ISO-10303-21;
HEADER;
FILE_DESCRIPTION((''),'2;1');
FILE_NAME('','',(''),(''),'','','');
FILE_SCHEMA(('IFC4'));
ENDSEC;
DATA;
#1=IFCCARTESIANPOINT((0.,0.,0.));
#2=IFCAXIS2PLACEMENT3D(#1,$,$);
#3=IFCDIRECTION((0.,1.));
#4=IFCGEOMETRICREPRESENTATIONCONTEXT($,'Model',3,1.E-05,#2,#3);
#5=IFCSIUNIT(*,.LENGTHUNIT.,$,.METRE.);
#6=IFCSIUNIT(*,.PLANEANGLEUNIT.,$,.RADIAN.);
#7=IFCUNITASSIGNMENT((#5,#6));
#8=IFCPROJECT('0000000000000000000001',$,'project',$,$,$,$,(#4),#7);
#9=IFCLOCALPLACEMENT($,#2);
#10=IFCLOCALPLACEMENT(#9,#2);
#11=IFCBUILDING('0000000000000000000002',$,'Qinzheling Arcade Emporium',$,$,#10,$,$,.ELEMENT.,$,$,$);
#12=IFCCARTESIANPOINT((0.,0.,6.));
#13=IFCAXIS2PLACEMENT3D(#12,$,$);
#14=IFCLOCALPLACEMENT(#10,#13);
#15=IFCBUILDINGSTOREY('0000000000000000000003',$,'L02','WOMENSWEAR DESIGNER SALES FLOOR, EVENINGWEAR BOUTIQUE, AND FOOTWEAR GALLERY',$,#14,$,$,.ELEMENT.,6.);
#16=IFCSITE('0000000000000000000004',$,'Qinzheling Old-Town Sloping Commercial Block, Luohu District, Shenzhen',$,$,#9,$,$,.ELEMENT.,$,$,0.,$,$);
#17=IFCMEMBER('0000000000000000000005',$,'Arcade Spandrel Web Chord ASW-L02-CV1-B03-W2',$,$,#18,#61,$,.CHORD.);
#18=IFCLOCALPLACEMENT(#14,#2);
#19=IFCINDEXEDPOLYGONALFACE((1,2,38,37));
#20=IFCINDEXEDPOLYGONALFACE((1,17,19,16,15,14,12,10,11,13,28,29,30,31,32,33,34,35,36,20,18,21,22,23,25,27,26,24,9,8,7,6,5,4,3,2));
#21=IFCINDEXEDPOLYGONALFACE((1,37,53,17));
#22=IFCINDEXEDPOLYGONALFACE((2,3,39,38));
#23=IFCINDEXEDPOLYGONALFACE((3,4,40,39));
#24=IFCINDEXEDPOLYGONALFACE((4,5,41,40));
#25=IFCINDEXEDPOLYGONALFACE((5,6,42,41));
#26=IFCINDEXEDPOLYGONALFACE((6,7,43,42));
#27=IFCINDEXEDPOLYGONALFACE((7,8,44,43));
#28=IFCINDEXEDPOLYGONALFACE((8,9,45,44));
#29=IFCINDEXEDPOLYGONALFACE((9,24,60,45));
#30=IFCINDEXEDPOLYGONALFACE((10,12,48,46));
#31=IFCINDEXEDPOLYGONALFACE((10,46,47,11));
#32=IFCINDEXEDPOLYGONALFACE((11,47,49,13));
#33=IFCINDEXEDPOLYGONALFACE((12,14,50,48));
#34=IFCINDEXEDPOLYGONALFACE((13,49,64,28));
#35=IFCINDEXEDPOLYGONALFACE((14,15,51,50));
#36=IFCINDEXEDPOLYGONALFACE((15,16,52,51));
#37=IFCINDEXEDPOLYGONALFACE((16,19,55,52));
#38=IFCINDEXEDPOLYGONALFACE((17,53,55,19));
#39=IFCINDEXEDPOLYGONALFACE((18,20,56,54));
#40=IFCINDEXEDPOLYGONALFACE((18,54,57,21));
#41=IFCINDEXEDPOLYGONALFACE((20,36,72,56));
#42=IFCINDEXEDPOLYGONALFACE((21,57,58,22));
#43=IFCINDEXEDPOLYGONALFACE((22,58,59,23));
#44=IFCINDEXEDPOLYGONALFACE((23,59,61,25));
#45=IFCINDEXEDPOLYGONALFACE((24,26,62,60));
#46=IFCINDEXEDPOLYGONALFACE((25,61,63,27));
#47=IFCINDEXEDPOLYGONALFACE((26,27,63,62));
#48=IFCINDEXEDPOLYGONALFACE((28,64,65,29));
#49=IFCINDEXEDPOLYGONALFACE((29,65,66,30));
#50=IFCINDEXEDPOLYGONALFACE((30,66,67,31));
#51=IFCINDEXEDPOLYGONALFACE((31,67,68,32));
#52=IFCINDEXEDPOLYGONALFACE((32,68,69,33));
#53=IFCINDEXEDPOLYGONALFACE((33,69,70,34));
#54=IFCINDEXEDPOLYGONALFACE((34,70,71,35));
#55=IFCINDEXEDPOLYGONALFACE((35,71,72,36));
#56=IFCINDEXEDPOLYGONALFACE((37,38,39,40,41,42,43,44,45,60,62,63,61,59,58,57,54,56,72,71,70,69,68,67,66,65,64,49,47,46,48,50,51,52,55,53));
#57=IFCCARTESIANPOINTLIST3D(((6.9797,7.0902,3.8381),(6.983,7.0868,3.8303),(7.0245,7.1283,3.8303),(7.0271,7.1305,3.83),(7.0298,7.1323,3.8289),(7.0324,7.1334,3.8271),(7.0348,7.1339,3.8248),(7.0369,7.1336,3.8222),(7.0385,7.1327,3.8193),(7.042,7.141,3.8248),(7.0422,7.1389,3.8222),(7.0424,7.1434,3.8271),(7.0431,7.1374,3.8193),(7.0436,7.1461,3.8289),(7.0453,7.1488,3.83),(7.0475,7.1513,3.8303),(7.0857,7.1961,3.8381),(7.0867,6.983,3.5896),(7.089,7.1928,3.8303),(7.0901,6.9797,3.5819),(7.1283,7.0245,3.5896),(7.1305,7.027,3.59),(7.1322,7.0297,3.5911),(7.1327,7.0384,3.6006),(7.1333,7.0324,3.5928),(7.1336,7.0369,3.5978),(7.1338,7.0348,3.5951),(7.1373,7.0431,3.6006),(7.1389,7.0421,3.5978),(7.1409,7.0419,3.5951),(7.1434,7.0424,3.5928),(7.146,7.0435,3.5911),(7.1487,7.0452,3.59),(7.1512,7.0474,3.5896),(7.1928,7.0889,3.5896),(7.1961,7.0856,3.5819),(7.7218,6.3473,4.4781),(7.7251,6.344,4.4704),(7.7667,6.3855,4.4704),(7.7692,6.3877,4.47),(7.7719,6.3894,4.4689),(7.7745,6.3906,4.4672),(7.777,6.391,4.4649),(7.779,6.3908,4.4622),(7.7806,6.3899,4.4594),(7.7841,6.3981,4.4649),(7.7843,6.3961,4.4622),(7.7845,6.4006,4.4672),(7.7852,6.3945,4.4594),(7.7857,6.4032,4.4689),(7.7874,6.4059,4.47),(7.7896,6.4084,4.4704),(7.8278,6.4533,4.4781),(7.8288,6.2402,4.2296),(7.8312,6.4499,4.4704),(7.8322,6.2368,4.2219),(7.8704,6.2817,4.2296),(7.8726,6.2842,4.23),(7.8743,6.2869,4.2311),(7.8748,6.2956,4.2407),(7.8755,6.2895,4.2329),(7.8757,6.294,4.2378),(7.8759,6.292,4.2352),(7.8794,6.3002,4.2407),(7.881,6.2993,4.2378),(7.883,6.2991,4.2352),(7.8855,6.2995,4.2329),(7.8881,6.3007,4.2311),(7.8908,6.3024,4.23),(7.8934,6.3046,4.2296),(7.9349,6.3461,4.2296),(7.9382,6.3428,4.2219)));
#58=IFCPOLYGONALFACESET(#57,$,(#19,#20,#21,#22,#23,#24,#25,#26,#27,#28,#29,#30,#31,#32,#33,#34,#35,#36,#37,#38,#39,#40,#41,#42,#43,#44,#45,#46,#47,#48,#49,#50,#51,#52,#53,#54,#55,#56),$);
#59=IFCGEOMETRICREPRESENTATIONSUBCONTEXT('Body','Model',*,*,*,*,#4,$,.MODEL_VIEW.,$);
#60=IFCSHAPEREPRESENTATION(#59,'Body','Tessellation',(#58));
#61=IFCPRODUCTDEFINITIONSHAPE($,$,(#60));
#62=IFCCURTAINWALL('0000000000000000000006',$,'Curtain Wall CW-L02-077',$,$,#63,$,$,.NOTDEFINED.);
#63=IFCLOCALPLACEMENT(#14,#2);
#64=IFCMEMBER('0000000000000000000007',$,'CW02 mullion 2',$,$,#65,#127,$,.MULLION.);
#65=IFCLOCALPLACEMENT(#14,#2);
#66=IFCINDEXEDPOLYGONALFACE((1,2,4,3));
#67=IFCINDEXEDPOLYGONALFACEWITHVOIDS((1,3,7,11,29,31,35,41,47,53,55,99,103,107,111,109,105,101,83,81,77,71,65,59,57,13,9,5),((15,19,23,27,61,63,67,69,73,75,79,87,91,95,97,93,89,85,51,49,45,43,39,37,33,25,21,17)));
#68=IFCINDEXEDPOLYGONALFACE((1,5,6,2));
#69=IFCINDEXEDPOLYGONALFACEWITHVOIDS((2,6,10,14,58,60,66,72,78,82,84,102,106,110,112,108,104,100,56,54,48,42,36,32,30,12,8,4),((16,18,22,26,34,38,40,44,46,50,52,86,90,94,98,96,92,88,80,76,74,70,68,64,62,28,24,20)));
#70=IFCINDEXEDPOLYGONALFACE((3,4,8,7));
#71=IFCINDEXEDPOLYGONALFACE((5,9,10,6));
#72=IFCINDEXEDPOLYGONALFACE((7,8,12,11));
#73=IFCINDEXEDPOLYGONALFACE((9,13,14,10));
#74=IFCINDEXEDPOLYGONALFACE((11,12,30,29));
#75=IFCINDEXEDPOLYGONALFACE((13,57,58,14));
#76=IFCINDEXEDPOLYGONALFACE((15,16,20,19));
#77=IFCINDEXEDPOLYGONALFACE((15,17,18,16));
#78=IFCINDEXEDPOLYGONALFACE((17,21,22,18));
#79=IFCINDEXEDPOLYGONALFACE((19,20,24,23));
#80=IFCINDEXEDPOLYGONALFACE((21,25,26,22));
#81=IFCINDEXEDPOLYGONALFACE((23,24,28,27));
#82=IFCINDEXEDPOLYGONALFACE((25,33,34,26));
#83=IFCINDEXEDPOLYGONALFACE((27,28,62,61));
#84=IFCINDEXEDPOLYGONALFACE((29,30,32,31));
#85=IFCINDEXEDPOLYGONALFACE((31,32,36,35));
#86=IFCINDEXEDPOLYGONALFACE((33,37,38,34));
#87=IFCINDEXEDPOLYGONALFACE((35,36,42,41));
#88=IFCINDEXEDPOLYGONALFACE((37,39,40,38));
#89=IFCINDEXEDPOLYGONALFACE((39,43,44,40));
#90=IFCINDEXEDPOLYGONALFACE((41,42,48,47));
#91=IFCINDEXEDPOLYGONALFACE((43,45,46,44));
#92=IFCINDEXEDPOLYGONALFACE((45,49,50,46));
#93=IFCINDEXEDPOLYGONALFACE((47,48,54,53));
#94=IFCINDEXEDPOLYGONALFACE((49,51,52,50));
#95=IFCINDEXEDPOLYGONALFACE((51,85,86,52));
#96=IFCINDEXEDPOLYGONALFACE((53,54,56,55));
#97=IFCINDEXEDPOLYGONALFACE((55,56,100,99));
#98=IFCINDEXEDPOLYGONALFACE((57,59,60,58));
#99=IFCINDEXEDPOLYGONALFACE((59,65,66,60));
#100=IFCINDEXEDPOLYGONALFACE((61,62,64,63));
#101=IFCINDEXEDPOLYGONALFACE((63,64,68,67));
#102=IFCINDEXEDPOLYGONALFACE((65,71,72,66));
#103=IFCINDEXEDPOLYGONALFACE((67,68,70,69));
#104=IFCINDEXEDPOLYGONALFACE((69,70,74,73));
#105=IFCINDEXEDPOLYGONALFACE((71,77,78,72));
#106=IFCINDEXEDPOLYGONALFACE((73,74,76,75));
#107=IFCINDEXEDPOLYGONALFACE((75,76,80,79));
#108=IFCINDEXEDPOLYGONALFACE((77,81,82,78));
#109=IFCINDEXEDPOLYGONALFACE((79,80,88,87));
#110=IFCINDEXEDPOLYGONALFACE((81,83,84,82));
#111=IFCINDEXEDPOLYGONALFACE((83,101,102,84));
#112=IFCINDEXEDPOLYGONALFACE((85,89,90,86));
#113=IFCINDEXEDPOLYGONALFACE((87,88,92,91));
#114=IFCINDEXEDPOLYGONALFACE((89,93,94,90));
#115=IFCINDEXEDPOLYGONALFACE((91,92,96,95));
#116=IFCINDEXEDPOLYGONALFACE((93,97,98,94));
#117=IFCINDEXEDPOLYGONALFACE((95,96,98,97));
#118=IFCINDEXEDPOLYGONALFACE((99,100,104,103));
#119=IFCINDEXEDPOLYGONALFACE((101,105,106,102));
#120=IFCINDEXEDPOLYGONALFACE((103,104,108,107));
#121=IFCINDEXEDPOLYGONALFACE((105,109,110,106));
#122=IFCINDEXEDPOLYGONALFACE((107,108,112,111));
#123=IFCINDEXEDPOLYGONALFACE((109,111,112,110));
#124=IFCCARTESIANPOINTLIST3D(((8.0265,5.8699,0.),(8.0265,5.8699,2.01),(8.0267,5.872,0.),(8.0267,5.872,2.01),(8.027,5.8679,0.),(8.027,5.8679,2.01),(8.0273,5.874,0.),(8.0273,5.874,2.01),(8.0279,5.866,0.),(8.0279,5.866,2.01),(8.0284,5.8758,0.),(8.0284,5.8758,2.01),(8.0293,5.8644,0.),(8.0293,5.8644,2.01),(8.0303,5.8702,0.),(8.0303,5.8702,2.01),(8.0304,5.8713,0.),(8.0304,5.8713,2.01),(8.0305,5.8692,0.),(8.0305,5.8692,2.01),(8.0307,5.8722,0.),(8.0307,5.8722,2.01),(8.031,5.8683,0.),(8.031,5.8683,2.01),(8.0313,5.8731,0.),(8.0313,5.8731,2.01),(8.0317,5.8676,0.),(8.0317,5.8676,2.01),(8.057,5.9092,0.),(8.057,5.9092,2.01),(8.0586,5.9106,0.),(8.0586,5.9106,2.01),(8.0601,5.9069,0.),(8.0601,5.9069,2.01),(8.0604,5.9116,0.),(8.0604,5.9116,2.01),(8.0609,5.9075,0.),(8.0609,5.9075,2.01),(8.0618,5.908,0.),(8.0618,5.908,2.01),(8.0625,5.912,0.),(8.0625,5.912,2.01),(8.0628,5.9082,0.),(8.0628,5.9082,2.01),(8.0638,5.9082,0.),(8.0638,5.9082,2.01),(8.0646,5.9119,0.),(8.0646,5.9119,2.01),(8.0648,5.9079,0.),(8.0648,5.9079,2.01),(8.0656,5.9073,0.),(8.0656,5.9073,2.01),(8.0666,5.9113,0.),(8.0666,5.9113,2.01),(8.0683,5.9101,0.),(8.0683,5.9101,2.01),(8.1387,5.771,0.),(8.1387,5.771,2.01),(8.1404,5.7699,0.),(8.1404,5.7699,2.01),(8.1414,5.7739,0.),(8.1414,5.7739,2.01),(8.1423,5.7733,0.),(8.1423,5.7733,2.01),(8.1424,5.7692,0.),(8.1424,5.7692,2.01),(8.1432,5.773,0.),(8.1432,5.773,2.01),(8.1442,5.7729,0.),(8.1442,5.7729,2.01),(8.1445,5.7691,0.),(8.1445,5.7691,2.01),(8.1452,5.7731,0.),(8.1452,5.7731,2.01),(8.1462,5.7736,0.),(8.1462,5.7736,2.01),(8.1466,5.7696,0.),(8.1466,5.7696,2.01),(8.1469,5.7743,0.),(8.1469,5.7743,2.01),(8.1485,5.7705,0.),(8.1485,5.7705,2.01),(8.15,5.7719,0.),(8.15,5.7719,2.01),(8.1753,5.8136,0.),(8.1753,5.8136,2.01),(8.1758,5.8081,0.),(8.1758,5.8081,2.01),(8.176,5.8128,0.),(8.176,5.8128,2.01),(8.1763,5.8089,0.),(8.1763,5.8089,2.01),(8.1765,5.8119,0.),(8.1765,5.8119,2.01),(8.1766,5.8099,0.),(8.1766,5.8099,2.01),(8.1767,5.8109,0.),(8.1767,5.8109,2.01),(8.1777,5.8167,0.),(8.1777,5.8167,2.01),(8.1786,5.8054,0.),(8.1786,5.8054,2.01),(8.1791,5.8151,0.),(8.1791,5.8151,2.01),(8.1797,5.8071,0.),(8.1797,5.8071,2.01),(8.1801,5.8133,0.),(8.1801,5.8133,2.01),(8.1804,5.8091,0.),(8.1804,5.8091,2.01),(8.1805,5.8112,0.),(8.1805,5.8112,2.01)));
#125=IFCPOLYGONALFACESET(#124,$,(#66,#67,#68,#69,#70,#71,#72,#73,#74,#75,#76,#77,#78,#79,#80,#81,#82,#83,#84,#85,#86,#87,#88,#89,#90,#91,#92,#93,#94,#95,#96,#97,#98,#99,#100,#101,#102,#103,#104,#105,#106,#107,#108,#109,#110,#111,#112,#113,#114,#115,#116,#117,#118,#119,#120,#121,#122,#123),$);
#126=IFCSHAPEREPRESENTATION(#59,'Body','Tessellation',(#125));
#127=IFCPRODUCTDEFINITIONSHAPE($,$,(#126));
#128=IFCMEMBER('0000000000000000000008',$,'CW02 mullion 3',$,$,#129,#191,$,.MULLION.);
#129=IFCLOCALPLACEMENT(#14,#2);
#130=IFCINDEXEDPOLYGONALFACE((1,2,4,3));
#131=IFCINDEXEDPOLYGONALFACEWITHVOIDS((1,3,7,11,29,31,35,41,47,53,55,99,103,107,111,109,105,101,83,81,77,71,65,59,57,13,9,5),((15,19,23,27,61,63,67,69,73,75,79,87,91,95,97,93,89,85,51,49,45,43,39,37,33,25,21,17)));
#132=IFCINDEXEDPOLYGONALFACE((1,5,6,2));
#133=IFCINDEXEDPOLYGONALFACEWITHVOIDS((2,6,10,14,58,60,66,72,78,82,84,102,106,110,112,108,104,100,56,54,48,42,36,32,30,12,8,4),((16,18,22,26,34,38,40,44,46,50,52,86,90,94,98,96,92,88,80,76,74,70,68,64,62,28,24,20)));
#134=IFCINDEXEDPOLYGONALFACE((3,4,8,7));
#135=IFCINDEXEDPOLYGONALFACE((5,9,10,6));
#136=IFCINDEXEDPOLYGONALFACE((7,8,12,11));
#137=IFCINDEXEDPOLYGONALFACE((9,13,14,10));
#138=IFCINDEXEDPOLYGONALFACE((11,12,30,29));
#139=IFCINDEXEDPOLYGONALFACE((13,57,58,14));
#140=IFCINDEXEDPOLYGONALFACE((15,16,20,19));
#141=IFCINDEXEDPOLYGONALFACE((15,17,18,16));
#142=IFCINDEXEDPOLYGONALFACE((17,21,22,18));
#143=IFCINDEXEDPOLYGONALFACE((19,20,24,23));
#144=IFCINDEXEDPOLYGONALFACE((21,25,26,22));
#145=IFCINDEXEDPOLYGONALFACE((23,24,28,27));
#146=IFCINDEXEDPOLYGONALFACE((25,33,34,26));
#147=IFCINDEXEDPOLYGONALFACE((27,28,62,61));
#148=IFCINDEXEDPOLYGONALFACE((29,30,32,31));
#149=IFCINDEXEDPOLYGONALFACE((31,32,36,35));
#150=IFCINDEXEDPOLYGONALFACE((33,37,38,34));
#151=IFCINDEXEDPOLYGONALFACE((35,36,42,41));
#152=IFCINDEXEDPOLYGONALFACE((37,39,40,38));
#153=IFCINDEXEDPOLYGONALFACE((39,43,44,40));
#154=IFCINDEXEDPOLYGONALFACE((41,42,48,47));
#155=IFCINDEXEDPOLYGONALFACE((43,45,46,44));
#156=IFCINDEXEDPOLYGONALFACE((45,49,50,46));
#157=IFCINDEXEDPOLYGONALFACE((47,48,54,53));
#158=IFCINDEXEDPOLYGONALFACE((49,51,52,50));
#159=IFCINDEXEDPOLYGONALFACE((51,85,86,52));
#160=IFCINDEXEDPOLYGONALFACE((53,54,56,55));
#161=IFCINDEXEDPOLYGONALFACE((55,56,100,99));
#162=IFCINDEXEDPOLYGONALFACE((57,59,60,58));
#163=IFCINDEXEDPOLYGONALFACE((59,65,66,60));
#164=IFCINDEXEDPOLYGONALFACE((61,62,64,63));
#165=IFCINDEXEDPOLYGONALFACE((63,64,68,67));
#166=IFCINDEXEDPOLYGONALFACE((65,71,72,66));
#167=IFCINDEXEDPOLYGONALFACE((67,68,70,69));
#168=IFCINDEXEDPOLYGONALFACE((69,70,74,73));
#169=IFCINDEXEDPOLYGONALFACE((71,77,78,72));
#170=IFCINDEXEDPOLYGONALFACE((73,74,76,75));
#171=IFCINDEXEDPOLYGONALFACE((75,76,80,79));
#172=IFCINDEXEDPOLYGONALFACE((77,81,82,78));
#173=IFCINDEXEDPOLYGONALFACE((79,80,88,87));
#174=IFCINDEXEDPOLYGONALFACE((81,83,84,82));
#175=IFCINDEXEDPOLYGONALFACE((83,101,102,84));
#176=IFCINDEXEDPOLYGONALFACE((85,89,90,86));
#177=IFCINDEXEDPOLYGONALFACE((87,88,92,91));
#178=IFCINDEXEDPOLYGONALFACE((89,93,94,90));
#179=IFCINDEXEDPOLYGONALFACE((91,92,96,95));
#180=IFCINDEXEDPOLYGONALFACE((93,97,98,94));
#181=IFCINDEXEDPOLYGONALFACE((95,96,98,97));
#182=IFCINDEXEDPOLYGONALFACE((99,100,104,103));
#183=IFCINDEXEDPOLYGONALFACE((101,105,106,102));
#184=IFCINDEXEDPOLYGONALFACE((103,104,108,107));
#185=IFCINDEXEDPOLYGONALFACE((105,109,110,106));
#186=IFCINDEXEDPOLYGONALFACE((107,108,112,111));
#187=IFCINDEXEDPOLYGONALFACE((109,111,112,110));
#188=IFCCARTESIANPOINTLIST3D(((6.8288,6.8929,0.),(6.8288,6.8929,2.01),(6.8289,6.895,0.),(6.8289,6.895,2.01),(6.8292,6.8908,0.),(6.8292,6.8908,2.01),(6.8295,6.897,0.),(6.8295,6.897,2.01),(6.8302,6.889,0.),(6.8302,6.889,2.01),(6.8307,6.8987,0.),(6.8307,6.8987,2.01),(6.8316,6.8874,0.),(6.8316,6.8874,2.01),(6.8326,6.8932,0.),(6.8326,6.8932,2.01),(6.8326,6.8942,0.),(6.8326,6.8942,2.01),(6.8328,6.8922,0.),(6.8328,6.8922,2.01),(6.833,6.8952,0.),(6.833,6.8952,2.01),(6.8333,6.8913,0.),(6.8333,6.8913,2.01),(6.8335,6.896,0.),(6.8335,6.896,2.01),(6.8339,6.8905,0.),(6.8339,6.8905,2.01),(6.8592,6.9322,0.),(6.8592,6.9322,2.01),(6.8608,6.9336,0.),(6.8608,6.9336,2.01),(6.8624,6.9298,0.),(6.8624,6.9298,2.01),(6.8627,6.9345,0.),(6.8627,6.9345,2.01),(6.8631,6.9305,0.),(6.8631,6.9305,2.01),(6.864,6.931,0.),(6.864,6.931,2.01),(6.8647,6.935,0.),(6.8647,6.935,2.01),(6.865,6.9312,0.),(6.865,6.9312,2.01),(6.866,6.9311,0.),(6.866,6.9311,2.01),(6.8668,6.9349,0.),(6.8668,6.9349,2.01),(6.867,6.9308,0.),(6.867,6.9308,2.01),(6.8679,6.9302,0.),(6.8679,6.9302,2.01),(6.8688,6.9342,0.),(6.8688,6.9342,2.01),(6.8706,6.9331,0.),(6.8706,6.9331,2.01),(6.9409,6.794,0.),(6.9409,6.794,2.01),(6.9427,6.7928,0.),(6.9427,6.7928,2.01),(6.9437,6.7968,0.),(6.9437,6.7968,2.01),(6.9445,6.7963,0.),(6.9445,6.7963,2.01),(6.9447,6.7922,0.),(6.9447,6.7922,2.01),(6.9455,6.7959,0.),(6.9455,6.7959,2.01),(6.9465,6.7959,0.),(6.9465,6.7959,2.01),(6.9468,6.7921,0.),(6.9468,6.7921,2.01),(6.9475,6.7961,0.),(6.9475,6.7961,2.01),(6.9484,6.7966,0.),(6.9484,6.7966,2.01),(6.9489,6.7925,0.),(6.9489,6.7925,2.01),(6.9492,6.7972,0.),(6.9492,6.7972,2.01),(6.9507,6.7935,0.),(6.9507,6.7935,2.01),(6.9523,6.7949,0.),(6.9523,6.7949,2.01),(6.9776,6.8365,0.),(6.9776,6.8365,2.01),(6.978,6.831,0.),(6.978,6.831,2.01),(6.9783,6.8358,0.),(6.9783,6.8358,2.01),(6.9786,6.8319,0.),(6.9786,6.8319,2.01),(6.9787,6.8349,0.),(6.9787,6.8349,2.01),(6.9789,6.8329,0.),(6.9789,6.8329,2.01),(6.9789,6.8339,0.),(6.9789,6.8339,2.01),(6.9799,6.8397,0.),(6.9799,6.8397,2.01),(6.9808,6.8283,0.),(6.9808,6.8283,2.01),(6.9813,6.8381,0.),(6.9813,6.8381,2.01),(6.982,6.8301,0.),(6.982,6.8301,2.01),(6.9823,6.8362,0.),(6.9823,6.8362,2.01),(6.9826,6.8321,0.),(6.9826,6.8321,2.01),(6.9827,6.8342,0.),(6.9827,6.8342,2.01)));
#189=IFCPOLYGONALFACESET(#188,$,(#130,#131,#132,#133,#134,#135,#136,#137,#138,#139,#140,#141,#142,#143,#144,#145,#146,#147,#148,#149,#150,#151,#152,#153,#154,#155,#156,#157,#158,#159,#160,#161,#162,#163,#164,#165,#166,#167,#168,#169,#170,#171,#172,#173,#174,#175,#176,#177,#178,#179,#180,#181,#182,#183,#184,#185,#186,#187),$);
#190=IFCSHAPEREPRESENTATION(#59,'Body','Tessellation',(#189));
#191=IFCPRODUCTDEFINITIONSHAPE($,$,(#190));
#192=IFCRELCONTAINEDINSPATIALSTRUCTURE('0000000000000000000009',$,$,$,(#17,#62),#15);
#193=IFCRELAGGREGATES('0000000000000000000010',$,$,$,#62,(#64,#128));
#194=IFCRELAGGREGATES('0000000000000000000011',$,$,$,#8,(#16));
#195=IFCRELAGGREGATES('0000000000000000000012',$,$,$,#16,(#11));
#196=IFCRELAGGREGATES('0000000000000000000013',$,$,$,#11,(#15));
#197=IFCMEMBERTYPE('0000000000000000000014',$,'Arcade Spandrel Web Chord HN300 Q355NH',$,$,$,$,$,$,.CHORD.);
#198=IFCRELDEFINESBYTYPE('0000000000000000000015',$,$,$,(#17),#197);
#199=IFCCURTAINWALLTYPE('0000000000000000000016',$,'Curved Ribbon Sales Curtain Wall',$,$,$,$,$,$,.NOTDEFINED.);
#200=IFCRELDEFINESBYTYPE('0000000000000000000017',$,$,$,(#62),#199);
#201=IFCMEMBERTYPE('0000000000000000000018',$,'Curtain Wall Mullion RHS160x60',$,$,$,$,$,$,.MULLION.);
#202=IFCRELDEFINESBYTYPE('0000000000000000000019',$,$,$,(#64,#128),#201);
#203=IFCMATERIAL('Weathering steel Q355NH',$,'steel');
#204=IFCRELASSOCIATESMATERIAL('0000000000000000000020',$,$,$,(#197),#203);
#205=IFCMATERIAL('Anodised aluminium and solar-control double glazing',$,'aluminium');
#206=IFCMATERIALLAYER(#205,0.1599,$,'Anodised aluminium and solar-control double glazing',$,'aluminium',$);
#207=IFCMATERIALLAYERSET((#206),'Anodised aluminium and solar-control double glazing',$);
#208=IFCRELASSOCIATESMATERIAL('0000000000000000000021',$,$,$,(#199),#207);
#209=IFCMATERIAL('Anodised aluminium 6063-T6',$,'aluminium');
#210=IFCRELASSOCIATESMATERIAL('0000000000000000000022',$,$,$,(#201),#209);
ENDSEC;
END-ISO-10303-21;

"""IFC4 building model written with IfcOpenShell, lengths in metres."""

from ifc_helpers import new_model, si_unit, direction, frame, origin, origin_2d, place, context, subcontext, project, spatial, hollow_rectangle, i_section, extrude, material, layer, layer_set, material_profile, profile_set, type_object, element, aggregate, save


model = new_model("IFC4")

# Units and contexts
model_context = context("Model", 3, precision=1e-05, world=origin(), true_north=direction((0.0, 1.0)))
body_context = subcontext(model_context, "Body", "Model", "MODEL_VIEW")
ifc_project = project(units=[si_unit("LENGTHUNIT", "METRE"), si_unit("PLANEANGLEUNIT", "RADIAN")], contexts=[model_context])

# Site, building, storey
site_placement = place(None, origin())
site = spatial("IfcSite", under=ifc_project, at=site_placement, Name="Qinzheling Old-Town Sloping Commercial Block, Luohu District, Shenzhen", CompositionType="ELEMENT", RefElevation=0.0)
building_placement = place(site_placement, origin())
building = spatial("IfcBuilding", under=site, at=building_placement, Name="Qinzheling Arcade Emporium", CompositionType="ELEMENT")
storey_placement = place(building_placement, frame((0.0, 0.0, 6.0)))
storey = spatial("IfcBuildingStorey", under=building, at=storey_placement, Name="L02", Description="WOMENSWEAR DESIGNER SALES FLOOR, EVENINGWEAR BOUTIQUE, AND FOOTWEAR GALLERY", CompositionType="ELEMENT", Elevation=6.0)

# Shared definitions
ifc_material_1 = material(Name="Weathering steel Q355NH", Category="steel")

# Member
ifc_material_profile_1 = material_profile(ifc_material_1, i_section(OverallWidth=0.1499, OverallDepth=0.3, WebThickness=0.0066, FlangeThickness=0.009, FilletRadius=0.0129, at=origin_2d()), Name="HN 300x150x6.5x9", Category="steel")
ifc_profile_set_1 = profile_set([ifc_material_profile_1], Name="Weathering steel Q355NH")
member_type_1 = type_object("IfcMemberType", Name="Arcade Spandrel Web Chord HN300 Q355NH", PredefinedType="CHORD", material=ifc_profile_set_1)
for number, where, z_axis, x_axis, name in (
    (1, (7.0879, 7.0879, 3.71), (0.603475, -0.60407, 0.520497), (0.707455, 0.706758, 0.0), "Arcade Spandrel Web Chord ASW-L02-CV1-B03-W2"),
):
    element("IfcMember", number, at=place(storey_placement, frame(where, z_axis=z_axis, x_axis=x_axis)), inside=storey, type_object=member_type_1, Name=name, PredefinedType="CHORD", context=body_context, shape_type="SweptSolid", body=[
        extrude(i_section(OverallWidth=0.1499, OverallDepth=0.3, WebThickness=0.0066, FlangeThickness=0.009, FilletRadius=0.0129, at=origin_2d()), origin(), (0.0, 0.0, 1.0), 1.2297),
    ])

# Curtain wall, members
ifc_material_2 = material(Name="Anodised aluminium and solar-control double glazing", Category="aluminium")
ifc_layer_1 = layer(ifc_material_2, 0.1599, Name="Anodised aluminium and solar-control double glazing", Category="aluminium")
ifc_layer_set_1 = layer_set([ifc_layer_1], Name="Anodised aluminium and solar-control double glazing")
curtain_wall_type = type_object("IfcCurtainWallType", Name="Curved Ribbon Sales Curtain Wall", PredefinedType="NOTDEFINED", material=ifc_layer_set_1)
curtain_wall_1_placement = place(storey_placement, origin())
curtain_wall_1 = element("IfcCurtainWall", 2, at=curtain_wall_1_placement, inside=storey, type_object=curtain_wall_type, Name="Curtain Wall CW-L02-077", PredefinedType="NOTDEFINED")
ifc_material_3 = material(Name="Anodised aluminium 6063-T6", Category="aluminium")
ifc_material_profile_2 = material_profile(ifc_material_3, hollow_rectangle(XDim=0.0601, YDim=0.1599, WallThickness=0.0039, InnerFilletRadius=0.0039, OuterFilletRadius=0.0081, at=origin_2d()), Name="RHS 160x60x4", Category="aluminium")
ifc_profile_set_2 = profile_set([ifc_material_profile_2], Name="Anodised aluminium 6063-T6")
member_type_2 = type_object("IfcMemberType", Name="Curtain Wall Mullion RHS160x60", PredefinedType="MULLION", material=ifc_profile_set_2)
member_1_placement = place(storey_placement, frame((8.1035, 5.8406, 0.0), z_axis=(0.0, 0.0, 1.0), x_axis=(-0.649482, -0.760377, 0.0)))
member_1 = element("IfcMember", 3, at=member_1_placement, type_object=member_type_2, Name="CW02 mullion 2", PredefinedType="MULLION", context=body_context, shape_type="SweptSolid", body=[
    extrude(hollow_rectangle(XDim=0.0601, YDim=0.1599, WallThickness=0.0039, InnerFilletRadius=0.0039, OuterFilletRadius=0.0081, at=origin_2d()), origin(), (0.0, 0.0, 1.0), 2.01),
])
member_2_placement = place(storey_placement, frame((6.9058, 6.8635, 0.0), z_axis=(0.0, 0.0, 1.0), x_axis=(-0.649482, -0.760377, 0.0)))
member_2 = element("IfcMember", 4, at=member_2_placement, type_object=member_type_2, Name="CW02 mullion 3", PredefinedType="MULLION", context=body_context, shape_type="SweptSolid", body=[
    extrude(hollow_rectangle(XDim=0.0601, YDim=0.1599, WallThickness=0.0039, InnerFilletRadius=0.0039, OuterFilletRadius=0.0081, at=origin_2d()), origin(), (0.0, 0.0, 1.0), 2.01),
])

aggregate(curtain_wall_1, [member_1, member_2])

save(model, "model.ifc")
